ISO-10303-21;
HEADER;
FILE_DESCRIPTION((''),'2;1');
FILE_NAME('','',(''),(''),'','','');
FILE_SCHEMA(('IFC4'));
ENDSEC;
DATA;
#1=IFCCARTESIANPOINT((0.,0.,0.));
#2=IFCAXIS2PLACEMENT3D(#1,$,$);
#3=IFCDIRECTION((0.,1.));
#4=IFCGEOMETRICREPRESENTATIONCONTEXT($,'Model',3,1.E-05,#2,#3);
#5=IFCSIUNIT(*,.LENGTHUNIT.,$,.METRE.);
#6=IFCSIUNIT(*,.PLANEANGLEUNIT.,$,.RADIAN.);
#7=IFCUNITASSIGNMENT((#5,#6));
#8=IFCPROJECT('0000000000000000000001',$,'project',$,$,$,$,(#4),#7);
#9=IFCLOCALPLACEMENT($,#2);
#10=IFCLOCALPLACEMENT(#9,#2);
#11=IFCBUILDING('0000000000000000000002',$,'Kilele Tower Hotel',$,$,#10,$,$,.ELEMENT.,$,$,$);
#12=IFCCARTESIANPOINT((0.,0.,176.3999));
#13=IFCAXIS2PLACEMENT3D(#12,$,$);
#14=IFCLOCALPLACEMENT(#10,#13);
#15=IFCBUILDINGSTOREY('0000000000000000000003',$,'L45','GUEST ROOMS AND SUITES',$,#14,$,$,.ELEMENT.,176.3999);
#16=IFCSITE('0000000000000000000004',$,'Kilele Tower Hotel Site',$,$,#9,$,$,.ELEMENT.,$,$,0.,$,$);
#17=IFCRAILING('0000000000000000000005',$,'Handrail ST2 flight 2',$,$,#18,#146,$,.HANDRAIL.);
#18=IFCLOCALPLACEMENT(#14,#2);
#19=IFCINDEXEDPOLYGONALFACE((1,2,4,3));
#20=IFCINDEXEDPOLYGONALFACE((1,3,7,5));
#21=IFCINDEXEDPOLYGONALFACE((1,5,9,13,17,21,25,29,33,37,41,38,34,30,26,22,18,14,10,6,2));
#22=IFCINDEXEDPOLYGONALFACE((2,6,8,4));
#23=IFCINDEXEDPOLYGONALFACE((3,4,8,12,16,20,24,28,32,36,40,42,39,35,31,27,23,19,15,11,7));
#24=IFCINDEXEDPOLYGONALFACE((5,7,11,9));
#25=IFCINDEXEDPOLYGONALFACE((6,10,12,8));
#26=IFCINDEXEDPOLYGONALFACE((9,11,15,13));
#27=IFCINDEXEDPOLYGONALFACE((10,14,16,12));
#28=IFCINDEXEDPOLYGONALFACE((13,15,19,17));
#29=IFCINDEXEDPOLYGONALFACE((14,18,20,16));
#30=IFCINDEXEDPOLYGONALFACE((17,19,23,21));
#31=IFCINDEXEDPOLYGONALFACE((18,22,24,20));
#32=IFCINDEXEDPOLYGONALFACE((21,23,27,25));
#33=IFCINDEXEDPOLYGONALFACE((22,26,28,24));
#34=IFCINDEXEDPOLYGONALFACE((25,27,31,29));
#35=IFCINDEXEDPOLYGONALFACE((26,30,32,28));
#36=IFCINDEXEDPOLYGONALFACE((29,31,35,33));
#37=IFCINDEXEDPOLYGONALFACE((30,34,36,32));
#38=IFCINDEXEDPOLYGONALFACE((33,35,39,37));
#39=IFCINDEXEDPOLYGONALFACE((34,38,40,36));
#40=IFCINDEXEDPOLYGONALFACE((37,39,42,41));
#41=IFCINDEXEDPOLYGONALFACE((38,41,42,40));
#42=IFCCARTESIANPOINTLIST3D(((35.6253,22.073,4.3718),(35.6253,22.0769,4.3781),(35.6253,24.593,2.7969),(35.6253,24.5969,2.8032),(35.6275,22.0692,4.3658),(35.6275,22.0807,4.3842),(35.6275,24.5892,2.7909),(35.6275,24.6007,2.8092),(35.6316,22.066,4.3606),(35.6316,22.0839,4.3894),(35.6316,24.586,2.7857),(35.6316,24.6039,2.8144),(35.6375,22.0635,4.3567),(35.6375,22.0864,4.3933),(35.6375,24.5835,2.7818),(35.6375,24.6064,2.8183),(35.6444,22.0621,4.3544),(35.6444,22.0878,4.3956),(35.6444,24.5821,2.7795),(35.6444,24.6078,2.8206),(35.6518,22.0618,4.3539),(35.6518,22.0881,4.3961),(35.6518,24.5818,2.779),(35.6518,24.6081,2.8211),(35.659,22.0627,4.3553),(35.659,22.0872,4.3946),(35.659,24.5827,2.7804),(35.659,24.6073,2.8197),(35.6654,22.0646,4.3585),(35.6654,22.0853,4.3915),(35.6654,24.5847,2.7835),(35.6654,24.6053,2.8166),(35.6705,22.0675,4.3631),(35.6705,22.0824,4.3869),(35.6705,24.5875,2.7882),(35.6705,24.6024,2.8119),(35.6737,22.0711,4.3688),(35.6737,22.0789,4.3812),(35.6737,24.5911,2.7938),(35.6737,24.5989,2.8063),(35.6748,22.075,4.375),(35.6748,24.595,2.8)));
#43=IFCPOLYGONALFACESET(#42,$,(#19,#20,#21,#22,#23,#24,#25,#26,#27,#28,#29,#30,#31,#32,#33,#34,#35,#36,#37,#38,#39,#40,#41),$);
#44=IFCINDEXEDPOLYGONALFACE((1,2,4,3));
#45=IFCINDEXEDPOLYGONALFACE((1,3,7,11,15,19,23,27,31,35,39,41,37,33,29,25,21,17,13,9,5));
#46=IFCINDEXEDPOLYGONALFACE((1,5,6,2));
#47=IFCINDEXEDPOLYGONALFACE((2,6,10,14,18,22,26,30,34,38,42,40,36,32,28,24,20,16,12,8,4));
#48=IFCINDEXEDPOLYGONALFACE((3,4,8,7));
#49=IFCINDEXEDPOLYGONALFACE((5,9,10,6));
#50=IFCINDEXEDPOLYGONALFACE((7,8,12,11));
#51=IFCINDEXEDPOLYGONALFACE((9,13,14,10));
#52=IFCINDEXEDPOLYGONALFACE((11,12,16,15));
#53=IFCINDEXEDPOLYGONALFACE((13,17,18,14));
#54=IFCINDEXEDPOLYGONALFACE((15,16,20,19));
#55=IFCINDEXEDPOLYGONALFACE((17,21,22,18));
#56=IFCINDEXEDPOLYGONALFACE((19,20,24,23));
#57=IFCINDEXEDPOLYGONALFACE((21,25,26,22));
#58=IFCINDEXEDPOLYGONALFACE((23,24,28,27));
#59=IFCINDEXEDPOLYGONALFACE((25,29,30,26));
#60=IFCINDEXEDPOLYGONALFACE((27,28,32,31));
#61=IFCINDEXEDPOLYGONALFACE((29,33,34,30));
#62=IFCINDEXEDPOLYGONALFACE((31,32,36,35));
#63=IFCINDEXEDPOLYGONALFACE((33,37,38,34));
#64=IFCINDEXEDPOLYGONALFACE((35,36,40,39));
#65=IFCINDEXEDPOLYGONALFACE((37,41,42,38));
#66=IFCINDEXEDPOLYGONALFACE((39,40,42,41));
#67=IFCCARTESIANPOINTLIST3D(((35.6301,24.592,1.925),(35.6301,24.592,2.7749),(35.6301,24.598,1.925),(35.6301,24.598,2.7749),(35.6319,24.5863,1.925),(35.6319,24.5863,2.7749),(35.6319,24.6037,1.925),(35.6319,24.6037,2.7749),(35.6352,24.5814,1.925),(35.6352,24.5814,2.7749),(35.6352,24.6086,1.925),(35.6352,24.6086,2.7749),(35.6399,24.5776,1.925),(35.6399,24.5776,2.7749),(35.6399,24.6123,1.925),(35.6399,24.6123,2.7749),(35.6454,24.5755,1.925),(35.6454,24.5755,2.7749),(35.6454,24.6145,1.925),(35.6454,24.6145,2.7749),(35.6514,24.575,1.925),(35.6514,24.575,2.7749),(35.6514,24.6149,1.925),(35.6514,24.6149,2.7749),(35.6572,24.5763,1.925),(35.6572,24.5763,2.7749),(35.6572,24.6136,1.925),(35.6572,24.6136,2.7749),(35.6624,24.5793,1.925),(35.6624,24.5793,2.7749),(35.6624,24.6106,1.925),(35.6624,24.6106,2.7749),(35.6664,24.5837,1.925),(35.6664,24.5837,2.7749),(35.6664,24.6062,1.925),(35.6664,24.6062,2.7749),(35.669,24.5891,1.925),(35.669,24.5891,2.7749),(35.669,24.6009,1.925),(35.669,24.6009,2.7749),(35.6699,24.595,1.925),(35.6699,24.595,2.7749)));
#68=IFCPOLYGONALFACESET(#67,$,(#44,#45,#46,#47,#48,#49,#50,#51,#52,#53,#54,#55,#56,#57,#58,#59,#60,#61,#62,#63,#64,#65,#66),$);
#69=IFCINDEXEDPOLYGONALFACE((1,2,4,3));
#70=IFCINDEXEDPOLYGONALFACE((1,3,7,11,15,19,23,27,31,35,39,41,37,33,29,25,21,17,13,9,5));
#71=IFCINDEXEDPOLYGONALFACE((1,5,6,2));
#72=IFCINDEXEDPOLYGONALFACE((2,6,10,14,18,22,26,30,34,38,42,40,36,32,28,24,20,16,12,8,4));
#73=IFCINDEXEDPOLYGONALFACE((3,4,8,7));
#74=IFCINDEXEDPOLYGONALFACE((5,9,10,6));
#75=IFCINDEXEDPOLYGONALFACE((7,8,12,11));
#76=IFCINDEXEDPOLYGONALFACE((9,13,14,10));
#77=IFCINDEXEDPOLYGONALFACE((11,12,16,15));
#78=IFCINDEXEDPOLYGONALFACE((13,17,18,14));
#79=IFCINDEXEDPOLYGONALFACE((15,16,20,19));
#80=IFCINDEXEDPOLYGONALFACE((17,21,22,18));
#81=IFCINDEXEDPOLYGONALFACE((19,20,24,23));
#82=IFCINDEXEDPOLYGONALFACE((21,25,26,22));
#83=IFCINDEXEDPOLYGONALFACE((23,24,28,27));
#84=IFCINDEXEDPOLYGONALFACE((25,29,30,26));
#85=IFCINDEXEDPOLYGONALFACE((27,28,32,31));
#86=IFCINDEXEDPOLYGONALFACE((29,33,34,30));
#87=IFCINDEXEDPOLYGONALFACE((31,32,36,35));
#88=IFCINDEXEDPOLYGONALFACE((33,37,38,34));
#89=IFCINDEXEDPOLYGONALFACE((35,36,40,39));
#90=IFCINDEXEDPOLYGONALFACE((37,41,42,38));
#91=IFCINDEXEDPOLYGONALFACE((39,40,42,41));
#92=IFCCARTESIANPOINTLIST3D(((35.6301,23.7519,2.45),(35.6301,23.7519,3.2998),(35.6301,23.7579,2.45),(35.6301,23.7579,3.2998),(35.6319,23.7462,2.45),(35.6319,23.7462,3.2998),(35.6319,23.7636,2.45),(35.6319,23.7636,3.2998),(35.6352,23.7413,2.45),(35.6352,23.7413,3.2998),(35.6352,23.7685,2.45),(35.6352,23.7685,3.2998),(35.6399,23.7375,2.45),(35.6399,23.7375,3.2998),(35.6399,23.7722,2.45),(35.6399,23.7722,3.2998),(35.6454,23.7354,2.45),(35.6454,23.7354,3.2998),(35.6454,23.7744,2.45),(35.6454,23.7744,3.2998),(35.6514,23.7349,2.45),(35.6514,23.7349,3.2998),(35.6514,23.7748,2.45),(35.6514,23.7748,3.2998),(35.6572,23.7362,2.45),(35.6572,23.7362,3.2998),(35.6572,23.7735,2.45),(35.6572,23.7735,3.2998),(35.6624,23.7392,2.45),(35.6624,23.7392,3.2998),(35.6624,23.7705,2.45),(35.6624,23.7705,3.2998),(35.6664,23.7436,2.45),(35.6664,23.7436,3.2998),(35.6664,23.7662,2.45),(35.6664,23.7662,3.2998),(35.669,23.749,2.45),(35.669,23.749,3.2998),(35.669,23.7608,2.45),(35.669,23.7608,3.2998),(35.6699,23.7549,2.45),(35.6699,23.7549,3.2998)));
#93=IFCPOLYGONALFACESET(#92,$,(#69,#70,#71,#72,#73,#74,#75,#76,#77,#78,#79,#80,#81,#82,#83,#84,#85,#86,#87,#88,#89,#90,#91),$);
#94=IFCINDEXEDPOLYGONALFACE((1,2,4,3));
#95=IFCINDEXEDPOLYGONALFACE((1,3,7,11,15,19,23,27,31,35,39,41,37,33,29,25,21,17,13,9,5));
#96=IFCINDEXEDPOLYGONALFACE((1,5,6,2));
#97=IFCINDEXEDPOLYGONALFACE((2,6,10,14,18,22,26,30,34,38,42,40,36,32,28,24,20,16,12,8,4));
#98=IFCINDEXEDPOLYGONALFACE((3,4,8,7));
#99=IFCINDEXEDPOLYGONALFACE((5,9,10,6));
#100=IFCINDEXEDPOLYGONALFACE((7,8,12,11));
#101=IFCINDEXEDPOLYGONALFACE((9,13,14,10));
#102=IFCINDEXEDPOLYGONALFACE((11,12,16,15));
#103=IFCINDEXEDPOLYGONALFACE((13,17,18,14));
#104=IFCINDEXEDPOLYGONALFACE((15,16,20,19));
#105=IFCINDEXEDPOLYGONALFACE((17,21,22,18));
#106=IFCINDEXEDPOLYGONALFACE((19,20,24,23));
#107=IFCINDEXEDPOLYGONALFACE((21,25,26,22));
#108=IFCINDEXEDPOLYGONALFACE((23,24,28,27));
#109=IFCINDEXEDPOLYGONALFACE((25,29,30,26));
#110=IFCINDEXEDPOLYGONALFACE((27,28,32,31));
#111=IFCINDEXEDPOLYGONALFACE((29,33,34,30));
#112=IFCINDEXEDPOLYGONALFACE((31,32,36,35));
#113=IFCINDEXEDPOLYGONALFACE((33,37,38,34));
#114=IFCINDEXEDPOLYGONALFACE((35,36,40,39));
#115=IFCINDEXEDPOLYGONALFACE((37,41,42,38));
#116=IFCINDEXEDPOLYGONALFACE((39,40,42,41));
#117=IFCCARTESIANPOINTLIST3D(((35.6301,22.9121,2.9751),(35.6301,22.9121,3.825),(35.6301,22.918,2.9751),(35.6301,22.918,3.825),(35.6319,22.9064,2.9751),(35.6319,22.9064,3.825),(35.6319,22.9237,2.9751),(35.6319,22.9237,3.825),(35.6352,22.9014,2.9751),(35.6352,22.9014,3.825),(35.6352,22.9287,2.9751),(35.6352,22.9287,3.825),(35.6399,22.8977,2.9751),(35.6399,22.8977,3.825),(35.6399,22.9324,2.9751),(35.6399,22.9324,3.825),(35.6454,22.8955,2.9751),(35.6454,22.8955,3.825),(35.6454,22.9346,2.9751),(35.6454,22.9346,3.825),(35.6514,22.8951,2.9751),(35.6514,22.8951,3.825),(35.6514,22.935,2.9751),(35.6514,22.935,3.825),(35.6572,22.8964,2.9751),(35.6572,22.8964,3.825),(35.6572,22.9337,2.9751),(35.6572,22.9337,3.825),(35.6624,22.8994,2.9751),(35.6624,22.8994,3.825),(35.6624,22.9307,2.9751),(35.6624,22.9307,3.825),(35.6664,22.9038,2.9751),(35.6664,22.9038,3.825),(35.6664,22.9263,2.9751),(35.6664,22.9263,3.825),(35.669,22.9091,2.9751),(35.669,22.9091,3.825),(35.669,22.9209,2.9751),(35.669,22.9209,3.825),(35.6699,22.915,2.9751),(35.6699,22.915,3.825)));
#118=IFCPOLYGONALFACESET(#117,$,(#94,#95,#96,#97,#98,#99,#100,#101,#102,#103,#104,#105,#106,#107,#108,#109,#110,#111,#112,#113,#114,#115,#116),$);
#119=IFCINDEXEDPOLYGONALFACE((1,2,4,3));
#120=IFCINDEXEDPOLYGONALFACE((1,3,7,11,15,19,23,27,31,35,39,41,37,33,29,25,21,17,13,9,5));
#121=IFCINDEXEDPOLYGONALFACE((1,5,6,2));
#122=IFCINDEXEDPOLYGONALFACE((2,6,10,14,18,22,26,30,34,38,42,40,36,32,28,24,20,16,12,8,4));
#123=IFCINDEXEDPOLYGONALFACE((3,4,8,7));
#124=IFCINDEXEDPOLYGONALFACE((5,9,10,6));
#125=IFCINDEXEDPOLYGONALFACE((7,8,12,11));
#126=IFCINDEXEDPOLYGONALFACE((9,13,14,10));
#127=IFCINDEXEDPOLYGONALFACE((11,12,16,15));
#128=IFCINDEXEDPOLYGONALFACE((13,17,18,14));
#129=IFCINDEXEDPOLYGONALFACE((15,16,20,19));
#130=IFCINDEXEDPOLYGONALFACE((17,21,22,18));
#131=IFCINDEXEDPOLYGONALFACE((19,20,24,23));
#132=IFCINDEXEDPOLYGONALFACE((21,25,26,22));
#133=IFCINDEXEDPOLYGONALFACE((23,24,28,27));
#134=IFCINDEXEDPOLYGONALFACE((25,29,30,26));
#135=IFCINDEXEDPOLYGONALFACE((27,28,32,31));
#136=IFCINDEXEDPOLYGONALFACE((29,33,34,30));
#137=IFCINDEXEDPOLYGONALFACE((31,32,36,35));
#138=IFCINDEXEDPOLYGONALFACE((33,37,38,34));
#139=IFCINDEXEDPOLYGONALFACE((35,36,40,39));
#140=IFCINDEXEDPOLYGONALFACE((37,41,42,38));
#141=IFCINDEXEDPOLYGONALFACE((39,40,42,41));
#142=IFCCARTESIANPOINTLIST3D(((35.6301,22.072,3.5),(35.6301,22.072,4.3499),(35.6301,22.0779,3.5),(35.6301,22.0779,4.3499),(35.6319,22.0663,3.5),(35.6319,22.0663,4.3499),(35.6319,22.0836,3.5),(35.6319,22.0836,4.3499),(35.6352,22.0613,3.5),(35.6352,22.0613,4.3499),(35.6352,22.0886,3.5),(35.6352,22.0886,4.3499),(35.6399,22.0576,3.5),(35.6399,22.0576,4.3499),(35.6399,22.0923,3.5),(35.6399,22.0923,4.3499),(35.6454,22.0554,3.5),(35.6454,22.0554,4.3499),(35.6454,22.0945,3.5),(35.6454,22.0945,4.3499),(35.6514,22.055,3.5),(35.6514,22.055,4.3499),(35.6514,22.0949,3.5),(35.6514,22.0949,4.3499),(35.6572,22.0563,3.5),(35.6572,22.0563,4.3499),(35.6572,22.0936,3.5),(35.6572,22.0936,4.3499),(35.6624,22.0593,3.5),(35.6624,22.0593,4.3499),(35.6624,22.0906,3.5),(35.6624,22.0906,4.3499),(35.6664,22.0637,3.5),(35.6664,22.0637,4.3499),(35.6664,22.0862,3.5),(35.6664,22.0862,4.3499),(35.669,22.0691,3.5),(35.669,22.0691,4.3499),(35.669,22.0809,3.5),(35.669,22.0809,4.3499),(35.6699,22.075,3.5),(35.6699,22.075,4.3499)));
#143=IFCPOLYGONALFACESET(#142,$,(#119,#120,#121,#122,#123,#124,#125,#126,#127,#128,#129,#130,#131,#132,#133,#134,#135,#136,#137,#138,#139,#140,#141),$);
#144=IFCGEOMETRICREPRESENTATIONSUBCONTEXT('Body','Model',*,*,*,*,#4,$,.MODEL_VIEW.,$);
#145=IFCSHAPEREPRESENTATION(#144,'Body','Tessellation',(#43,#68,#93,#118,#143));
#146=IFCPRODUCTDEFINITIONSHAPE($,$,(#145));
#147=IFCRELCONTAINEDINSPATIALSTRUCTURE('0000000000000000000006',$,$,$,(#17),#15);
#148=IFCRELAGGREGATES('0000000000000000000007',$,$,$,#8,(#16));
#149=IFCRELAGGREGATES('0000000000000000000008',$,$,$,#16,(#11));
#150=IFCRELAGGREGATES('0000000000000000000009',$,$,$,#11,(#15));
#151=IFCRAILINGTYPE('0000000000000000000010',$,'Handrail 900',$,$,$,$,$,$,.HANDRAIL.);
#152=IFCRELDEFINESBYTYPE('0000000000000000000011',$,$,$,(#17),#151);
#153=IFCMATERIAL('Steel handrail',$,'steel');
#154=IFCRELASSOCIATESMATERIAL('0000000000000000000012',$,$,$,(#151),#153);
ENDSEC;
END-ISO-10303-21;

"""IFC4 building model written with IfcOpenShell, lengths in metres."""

from ifc_helpers import new_model, si_unit, direction, frame, origin, origin_2d, place, context, subcontext, project, spatial, circle, extrude, material, type_object, element, save


model = new_model("IFC4")

# Units and contexts
model_context = context("Model", 3, precision=1e-05, world=origin(), true_north=direction((0.0, 1.0)))
body_context = subcontext(model_context, "Body", "Model", "MODEL_VIEW")
ifc_project = project(units=[si_unit("LENGTHUNIT", "METRE"), si_unit("PLANEANGLEUNIT", "RADIAN")], contexts=[model_context])

# Site, building, storey
site_placement = place(None, origin())
site = spatial("IfcSite", under=ifc_project, at=site_placement, Name="Kilele Tower Hotel Site", CompositionType="ELEMENT", RefElevation=0.0)
building_placement = place(site_placement, origin())
building = spatial("IfcBuilding", under=site, at=building_placement, Name="Kilele Tower Hotel", CompositionType="ELEMENT")
storey_placement = place(building_placement, frame((0.0, 0.0, 176.3999)))
storey = spatial("IfcBuildingStorey", under=building, at=storey_placement, Name="L45", Description="GUEST ROOMS AND SUITES", CompositionType="ELEMENT", Elevation=176.3999)

# Railing
ifc_material_1 = material(Name="Steel handrail", Category="steel")
railing_type_1 = type_object("IfcRailingType", Name="Handrail 900", PredefinedType="HANDRAIL", material=ifc_material_1)
for number, where, name in (
    (1, (35.6499, 24.595, 1.925), "Handrail ST2 flight 2"),
):
    element("IfcRailing", number, at=place(storey_placement, frame(where)), inside=storey, type_object=railing_type_1, Name=name, PredefinedType="HANDRAIL", context=body_context, shape_type="SweptSolid", body=[
        extrude(circle(Radius=0.0249, at=origin_2d()), frame((0.0, 0.0, 0.875), z_axis=(0.0, -0.848008, 0.529984), x_axis=(1.0, 0.0, 0.0)), (0.0, 0.0, 1.0), 2.9717),
        extrude(circle(Radius=0.02, at=origin_2d()), origin(), (0.0, 0.0, 1.0), 0.8499),
        extrude(circle(Radius=0.02, at=origin_2d()), frame((0.0, -0.8401, 0.5249)), (0.0, 0.0, 1.0), 0.8499),
        extrude(circle(Radius=0.02, at=origin_2d()), frame((0.0, -1.6799, 1.05)), (0.0, 0.0, 1.0), 0.8499),
        extrude(circle(Radius=0.02, at=origin_2d()), frame((0.0, -2.52, 1.575)), (0.0, 0.0, 1.0), 0.8499),
    ])

save(model, "model.ifc")
